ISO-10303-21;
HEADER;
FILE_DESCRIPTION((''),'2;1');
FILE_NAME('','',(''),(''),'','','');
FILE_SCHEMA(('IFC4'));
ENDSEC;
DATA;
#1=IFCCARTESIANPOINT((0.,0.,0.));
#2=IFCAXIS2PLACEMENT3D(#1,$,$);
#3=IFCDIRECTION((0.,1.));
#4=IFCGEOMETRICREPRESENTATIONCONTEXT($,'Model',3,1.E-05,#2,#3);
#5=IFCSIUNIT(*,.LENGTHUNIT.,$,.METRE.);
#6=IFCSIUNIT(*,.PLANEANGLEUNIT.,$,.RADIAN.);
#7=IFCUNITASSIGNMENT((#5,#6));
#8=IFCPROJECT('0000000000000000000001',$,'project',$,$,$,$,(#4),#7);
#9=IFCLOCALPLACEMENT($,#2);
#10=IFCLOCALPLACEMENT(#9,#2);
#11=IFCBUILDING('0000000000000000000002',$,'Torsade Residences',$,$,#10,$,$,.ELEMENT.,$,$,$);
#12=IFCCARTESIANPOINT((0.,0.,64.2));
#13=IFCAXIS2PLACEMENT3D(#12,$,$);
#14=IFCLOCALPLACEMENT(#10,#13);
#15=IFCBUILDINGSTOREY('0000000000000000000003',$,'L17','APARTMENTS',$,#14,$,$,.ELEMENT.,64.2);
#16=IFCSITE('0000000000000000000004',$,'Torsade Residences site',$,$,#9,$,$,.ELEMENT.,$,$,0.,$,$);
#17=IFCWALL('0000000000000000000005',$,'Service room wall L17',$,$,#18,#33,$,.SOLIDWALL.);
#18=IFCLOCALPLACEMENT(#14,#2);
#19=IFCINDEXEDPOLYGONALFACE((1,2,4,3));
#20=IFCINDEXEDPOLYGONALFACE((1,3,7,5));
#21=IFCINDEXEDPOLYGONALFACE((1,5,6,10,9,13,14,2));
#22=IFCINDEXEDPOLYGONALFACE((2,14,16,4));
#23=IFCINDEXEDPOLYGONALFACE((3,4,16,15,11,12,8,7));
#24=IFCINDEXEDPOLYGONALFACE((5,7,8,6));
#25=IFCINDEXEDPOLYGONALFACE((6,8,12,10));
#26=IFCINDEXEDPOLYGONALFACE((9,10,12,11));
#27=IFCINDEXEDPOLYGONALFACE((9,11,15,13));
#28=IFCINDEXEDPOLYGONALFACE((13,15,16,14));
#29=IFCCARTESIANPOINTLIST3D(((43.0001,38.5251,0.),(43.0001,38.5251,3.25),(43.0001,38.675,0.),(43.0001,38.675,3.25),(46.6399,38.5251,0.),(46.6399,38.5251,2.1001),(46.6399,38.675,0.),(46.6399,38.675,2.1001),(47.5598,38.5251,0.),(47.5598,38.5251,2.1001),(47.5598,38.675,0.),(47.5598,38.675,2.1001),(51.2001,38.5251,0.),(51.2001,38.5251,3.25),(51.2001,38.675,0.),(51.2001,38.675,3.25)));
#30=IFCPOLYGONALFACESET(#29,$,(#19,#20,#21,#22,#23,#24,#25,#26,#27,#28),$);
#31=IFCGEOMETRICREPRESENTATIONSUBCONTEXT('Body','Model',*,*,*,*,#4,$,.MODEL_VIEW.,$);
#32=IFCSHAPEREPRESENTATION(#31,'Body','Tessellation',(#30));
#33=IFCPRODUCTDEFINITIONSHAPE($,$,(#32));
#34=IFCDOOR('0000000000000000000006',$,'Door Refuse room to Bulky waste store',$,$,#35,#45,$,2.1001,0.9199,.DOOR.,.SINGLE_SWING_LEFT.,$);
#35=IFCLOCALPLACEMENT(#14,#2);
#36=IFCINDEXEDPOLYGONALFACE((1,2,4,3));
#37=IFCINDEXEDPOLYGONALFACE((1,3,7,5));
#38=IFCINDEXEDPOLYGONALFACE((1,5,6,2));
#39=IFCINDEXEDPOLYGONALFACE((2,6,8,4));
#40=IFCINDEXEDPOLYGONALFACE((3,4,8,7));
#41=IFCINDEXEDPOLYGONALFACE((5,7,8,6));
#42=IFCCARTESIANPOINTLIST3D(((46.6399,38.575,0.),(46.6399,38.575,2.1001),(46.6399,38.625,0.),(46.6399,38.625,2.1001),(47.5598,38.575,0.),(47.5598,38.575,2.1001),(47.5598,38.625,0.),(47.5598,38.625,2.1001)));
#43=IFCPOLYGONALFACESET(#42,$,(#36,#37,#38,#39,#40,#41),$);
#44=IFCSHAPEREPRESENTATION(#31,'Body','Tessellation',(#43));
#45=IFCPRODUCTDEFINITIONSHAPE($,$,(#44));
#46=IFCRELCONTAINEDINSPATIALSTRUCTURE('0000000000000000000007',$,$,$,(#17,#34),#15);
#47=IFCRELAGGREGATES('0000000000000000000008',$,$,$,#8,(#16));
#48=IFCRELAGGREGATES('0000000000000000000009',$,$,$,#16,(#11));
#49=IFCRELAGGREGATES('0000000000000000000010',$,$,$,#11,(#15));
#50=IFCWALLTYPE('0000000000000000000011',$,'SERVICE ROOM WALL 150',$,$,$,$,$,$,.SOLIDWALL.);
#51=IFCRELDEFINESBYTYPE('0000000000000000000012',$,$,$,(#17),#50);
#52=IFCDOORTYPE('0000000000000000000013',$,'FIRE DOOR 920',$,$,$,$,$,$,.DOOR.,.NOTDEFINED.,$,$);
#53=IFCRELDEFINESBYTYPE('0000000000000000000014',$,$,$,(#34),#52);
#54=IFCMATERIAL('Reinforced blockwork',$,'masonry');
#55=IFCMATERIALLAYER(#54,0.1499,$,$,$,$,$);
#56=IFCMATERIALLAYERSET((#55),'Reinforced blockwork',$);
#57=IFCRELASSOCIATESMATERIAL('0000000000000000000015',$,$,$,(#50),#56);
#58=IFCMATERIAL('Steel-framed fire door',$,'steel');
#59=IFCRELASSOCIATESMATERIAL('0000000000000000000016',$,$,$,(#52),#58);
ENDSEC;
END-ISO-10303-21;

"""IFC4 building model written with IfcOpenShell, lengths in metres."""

from ifc_helpers import new_model, si_unit, direction, frame, frame_2d, origin, place, context, subcontext, project, spatial, rectangle, extrude, material, layer, layer_set, type_object, element, fill, save


model = new_model("IFC4")

# Units and contexts
model_context = context("Model", 3, precision=1e-05, world=origin(), true_north=direction((0.0, 1.0)))
body_context = subcontext(model_context, "Body", "Model", "MODEL_VIEW")
ifc_project = project(units=[si_unit("LENGTHUNIT", "METRE"), si_unit("PLANEANGLEUNIT", "RADIAN")], contexts=[model_context])

# Site, building, storey
site_placement = place(None, origin())
site = spatial("IfcSite", under=ifc_project, at=site_placement, Name="Torsade Residences site", CompositionType="ELEMENT", RefElevation=0.0)
building_placement = place(site_placement, origin())
building = spatial("IfcBuilding", under=site, at=building_placement, Name="Torsade Residences", CompositionType="ELEMENT")
storey_placement = place(building_placement, frame((0.0, 0.0, 64.2)))
storey = spatial("IfcBuildingStorey", under=building, at=storey_placement, Name="L17", Description="APARTMENTS", CompositionType="ELEMENT", Elevation=64.2)

# Shared definitions
ifc_material_1 = material(Name="Reinforced blockwork", Category="masonry")
ifc_layer_1 = layer(ifc_material_1, 0.1499)
ifc_layer_set_1 = layer_set([ifc_layer_1], Name="Reinforced blockwork")
wall_type_1 = type_object("IfcWallType", Name="SERVICE ROOM WALL 150", PredefinedType="SOLIDWALL", material=ifc_layer_set_1)

# Wall, opening, door
wall_1_placement = place(storey_placement, frame((43.0, 38.6001, 0.0), z_axis=(0.0, 0.0, 1.0), x_axis=(1.0, 0.0, 0.0)))
wall_1 = element("IfcWall", 1, at=wall_1_placement, inside=storey, type_object=wall_type_1, Name="Service room wall L17", PredefinedType="SOLIDWALL", context=body_context, shape_type="SweptSolid", body=[
    extrude(rectangle(XDim=8.2, YDim=0.1499, at=frame_2d((4.1001, 0.0))), origin(), (0.0, 0.0, 1.0), 3.25),
])
opening_1_placement = place(wall_1_placement, frame((3.6399, 0.0, 0.0)))
opening_1 = element("IfcOpeningElement", 2, at=opening_1_placement, cuts=wall_1, PredefinedType="OPENING", context=body_context, shape_type="SweptSolid", body=[
    extrude(rectangle(XDim=0.9199, YDim=2.1001, at=frame_2d((0.46, 1.05))), frame((0.0, 0.085, 0.0), z_axis=(0.0, -1.0, 0.0), x_axis=(1.0, 0.0, 0.0)), (0.0, 0.0, 1.0), 0.1699),
])
ifc_material_2 = material(Name="Steel-framed fire door", Category="steel")
door_type_1 = type_object("IfcDoorType", Name="FIRE DOOR 920", OperationType="NOTDEFINED", PredefinedType="DOOR", material=ifc_material_2)
door_1_placement = place(opening_1_placement, origin())
door_1 = element("IfcDoor", 3, at=door_1_placement, inside=storey, type_object=door_type_1, Name="Door Refuse room to Bulky waste store", OperationType="SINGLE_SWING_LEFT", OverallHeight=2.1001, OverallWidth=0.9199, PredefinedType="DOOR", context=body_context, shape_type="SweptSolid", body=[
    extrude(rectangle(XDim=0.9199, YDim=2.1001, at=frame_2d((0.46, 1.05))), frame((0.0, 0.0249, 0.0), z_axis=(0.0, -1.0, 0.0), x_axis=(1.0, 0.0, 0.0)), (0.0, 0.0, 1.0), 0.05),
])
fill(opening_1, door_1)

save(model, "model.ifc")
